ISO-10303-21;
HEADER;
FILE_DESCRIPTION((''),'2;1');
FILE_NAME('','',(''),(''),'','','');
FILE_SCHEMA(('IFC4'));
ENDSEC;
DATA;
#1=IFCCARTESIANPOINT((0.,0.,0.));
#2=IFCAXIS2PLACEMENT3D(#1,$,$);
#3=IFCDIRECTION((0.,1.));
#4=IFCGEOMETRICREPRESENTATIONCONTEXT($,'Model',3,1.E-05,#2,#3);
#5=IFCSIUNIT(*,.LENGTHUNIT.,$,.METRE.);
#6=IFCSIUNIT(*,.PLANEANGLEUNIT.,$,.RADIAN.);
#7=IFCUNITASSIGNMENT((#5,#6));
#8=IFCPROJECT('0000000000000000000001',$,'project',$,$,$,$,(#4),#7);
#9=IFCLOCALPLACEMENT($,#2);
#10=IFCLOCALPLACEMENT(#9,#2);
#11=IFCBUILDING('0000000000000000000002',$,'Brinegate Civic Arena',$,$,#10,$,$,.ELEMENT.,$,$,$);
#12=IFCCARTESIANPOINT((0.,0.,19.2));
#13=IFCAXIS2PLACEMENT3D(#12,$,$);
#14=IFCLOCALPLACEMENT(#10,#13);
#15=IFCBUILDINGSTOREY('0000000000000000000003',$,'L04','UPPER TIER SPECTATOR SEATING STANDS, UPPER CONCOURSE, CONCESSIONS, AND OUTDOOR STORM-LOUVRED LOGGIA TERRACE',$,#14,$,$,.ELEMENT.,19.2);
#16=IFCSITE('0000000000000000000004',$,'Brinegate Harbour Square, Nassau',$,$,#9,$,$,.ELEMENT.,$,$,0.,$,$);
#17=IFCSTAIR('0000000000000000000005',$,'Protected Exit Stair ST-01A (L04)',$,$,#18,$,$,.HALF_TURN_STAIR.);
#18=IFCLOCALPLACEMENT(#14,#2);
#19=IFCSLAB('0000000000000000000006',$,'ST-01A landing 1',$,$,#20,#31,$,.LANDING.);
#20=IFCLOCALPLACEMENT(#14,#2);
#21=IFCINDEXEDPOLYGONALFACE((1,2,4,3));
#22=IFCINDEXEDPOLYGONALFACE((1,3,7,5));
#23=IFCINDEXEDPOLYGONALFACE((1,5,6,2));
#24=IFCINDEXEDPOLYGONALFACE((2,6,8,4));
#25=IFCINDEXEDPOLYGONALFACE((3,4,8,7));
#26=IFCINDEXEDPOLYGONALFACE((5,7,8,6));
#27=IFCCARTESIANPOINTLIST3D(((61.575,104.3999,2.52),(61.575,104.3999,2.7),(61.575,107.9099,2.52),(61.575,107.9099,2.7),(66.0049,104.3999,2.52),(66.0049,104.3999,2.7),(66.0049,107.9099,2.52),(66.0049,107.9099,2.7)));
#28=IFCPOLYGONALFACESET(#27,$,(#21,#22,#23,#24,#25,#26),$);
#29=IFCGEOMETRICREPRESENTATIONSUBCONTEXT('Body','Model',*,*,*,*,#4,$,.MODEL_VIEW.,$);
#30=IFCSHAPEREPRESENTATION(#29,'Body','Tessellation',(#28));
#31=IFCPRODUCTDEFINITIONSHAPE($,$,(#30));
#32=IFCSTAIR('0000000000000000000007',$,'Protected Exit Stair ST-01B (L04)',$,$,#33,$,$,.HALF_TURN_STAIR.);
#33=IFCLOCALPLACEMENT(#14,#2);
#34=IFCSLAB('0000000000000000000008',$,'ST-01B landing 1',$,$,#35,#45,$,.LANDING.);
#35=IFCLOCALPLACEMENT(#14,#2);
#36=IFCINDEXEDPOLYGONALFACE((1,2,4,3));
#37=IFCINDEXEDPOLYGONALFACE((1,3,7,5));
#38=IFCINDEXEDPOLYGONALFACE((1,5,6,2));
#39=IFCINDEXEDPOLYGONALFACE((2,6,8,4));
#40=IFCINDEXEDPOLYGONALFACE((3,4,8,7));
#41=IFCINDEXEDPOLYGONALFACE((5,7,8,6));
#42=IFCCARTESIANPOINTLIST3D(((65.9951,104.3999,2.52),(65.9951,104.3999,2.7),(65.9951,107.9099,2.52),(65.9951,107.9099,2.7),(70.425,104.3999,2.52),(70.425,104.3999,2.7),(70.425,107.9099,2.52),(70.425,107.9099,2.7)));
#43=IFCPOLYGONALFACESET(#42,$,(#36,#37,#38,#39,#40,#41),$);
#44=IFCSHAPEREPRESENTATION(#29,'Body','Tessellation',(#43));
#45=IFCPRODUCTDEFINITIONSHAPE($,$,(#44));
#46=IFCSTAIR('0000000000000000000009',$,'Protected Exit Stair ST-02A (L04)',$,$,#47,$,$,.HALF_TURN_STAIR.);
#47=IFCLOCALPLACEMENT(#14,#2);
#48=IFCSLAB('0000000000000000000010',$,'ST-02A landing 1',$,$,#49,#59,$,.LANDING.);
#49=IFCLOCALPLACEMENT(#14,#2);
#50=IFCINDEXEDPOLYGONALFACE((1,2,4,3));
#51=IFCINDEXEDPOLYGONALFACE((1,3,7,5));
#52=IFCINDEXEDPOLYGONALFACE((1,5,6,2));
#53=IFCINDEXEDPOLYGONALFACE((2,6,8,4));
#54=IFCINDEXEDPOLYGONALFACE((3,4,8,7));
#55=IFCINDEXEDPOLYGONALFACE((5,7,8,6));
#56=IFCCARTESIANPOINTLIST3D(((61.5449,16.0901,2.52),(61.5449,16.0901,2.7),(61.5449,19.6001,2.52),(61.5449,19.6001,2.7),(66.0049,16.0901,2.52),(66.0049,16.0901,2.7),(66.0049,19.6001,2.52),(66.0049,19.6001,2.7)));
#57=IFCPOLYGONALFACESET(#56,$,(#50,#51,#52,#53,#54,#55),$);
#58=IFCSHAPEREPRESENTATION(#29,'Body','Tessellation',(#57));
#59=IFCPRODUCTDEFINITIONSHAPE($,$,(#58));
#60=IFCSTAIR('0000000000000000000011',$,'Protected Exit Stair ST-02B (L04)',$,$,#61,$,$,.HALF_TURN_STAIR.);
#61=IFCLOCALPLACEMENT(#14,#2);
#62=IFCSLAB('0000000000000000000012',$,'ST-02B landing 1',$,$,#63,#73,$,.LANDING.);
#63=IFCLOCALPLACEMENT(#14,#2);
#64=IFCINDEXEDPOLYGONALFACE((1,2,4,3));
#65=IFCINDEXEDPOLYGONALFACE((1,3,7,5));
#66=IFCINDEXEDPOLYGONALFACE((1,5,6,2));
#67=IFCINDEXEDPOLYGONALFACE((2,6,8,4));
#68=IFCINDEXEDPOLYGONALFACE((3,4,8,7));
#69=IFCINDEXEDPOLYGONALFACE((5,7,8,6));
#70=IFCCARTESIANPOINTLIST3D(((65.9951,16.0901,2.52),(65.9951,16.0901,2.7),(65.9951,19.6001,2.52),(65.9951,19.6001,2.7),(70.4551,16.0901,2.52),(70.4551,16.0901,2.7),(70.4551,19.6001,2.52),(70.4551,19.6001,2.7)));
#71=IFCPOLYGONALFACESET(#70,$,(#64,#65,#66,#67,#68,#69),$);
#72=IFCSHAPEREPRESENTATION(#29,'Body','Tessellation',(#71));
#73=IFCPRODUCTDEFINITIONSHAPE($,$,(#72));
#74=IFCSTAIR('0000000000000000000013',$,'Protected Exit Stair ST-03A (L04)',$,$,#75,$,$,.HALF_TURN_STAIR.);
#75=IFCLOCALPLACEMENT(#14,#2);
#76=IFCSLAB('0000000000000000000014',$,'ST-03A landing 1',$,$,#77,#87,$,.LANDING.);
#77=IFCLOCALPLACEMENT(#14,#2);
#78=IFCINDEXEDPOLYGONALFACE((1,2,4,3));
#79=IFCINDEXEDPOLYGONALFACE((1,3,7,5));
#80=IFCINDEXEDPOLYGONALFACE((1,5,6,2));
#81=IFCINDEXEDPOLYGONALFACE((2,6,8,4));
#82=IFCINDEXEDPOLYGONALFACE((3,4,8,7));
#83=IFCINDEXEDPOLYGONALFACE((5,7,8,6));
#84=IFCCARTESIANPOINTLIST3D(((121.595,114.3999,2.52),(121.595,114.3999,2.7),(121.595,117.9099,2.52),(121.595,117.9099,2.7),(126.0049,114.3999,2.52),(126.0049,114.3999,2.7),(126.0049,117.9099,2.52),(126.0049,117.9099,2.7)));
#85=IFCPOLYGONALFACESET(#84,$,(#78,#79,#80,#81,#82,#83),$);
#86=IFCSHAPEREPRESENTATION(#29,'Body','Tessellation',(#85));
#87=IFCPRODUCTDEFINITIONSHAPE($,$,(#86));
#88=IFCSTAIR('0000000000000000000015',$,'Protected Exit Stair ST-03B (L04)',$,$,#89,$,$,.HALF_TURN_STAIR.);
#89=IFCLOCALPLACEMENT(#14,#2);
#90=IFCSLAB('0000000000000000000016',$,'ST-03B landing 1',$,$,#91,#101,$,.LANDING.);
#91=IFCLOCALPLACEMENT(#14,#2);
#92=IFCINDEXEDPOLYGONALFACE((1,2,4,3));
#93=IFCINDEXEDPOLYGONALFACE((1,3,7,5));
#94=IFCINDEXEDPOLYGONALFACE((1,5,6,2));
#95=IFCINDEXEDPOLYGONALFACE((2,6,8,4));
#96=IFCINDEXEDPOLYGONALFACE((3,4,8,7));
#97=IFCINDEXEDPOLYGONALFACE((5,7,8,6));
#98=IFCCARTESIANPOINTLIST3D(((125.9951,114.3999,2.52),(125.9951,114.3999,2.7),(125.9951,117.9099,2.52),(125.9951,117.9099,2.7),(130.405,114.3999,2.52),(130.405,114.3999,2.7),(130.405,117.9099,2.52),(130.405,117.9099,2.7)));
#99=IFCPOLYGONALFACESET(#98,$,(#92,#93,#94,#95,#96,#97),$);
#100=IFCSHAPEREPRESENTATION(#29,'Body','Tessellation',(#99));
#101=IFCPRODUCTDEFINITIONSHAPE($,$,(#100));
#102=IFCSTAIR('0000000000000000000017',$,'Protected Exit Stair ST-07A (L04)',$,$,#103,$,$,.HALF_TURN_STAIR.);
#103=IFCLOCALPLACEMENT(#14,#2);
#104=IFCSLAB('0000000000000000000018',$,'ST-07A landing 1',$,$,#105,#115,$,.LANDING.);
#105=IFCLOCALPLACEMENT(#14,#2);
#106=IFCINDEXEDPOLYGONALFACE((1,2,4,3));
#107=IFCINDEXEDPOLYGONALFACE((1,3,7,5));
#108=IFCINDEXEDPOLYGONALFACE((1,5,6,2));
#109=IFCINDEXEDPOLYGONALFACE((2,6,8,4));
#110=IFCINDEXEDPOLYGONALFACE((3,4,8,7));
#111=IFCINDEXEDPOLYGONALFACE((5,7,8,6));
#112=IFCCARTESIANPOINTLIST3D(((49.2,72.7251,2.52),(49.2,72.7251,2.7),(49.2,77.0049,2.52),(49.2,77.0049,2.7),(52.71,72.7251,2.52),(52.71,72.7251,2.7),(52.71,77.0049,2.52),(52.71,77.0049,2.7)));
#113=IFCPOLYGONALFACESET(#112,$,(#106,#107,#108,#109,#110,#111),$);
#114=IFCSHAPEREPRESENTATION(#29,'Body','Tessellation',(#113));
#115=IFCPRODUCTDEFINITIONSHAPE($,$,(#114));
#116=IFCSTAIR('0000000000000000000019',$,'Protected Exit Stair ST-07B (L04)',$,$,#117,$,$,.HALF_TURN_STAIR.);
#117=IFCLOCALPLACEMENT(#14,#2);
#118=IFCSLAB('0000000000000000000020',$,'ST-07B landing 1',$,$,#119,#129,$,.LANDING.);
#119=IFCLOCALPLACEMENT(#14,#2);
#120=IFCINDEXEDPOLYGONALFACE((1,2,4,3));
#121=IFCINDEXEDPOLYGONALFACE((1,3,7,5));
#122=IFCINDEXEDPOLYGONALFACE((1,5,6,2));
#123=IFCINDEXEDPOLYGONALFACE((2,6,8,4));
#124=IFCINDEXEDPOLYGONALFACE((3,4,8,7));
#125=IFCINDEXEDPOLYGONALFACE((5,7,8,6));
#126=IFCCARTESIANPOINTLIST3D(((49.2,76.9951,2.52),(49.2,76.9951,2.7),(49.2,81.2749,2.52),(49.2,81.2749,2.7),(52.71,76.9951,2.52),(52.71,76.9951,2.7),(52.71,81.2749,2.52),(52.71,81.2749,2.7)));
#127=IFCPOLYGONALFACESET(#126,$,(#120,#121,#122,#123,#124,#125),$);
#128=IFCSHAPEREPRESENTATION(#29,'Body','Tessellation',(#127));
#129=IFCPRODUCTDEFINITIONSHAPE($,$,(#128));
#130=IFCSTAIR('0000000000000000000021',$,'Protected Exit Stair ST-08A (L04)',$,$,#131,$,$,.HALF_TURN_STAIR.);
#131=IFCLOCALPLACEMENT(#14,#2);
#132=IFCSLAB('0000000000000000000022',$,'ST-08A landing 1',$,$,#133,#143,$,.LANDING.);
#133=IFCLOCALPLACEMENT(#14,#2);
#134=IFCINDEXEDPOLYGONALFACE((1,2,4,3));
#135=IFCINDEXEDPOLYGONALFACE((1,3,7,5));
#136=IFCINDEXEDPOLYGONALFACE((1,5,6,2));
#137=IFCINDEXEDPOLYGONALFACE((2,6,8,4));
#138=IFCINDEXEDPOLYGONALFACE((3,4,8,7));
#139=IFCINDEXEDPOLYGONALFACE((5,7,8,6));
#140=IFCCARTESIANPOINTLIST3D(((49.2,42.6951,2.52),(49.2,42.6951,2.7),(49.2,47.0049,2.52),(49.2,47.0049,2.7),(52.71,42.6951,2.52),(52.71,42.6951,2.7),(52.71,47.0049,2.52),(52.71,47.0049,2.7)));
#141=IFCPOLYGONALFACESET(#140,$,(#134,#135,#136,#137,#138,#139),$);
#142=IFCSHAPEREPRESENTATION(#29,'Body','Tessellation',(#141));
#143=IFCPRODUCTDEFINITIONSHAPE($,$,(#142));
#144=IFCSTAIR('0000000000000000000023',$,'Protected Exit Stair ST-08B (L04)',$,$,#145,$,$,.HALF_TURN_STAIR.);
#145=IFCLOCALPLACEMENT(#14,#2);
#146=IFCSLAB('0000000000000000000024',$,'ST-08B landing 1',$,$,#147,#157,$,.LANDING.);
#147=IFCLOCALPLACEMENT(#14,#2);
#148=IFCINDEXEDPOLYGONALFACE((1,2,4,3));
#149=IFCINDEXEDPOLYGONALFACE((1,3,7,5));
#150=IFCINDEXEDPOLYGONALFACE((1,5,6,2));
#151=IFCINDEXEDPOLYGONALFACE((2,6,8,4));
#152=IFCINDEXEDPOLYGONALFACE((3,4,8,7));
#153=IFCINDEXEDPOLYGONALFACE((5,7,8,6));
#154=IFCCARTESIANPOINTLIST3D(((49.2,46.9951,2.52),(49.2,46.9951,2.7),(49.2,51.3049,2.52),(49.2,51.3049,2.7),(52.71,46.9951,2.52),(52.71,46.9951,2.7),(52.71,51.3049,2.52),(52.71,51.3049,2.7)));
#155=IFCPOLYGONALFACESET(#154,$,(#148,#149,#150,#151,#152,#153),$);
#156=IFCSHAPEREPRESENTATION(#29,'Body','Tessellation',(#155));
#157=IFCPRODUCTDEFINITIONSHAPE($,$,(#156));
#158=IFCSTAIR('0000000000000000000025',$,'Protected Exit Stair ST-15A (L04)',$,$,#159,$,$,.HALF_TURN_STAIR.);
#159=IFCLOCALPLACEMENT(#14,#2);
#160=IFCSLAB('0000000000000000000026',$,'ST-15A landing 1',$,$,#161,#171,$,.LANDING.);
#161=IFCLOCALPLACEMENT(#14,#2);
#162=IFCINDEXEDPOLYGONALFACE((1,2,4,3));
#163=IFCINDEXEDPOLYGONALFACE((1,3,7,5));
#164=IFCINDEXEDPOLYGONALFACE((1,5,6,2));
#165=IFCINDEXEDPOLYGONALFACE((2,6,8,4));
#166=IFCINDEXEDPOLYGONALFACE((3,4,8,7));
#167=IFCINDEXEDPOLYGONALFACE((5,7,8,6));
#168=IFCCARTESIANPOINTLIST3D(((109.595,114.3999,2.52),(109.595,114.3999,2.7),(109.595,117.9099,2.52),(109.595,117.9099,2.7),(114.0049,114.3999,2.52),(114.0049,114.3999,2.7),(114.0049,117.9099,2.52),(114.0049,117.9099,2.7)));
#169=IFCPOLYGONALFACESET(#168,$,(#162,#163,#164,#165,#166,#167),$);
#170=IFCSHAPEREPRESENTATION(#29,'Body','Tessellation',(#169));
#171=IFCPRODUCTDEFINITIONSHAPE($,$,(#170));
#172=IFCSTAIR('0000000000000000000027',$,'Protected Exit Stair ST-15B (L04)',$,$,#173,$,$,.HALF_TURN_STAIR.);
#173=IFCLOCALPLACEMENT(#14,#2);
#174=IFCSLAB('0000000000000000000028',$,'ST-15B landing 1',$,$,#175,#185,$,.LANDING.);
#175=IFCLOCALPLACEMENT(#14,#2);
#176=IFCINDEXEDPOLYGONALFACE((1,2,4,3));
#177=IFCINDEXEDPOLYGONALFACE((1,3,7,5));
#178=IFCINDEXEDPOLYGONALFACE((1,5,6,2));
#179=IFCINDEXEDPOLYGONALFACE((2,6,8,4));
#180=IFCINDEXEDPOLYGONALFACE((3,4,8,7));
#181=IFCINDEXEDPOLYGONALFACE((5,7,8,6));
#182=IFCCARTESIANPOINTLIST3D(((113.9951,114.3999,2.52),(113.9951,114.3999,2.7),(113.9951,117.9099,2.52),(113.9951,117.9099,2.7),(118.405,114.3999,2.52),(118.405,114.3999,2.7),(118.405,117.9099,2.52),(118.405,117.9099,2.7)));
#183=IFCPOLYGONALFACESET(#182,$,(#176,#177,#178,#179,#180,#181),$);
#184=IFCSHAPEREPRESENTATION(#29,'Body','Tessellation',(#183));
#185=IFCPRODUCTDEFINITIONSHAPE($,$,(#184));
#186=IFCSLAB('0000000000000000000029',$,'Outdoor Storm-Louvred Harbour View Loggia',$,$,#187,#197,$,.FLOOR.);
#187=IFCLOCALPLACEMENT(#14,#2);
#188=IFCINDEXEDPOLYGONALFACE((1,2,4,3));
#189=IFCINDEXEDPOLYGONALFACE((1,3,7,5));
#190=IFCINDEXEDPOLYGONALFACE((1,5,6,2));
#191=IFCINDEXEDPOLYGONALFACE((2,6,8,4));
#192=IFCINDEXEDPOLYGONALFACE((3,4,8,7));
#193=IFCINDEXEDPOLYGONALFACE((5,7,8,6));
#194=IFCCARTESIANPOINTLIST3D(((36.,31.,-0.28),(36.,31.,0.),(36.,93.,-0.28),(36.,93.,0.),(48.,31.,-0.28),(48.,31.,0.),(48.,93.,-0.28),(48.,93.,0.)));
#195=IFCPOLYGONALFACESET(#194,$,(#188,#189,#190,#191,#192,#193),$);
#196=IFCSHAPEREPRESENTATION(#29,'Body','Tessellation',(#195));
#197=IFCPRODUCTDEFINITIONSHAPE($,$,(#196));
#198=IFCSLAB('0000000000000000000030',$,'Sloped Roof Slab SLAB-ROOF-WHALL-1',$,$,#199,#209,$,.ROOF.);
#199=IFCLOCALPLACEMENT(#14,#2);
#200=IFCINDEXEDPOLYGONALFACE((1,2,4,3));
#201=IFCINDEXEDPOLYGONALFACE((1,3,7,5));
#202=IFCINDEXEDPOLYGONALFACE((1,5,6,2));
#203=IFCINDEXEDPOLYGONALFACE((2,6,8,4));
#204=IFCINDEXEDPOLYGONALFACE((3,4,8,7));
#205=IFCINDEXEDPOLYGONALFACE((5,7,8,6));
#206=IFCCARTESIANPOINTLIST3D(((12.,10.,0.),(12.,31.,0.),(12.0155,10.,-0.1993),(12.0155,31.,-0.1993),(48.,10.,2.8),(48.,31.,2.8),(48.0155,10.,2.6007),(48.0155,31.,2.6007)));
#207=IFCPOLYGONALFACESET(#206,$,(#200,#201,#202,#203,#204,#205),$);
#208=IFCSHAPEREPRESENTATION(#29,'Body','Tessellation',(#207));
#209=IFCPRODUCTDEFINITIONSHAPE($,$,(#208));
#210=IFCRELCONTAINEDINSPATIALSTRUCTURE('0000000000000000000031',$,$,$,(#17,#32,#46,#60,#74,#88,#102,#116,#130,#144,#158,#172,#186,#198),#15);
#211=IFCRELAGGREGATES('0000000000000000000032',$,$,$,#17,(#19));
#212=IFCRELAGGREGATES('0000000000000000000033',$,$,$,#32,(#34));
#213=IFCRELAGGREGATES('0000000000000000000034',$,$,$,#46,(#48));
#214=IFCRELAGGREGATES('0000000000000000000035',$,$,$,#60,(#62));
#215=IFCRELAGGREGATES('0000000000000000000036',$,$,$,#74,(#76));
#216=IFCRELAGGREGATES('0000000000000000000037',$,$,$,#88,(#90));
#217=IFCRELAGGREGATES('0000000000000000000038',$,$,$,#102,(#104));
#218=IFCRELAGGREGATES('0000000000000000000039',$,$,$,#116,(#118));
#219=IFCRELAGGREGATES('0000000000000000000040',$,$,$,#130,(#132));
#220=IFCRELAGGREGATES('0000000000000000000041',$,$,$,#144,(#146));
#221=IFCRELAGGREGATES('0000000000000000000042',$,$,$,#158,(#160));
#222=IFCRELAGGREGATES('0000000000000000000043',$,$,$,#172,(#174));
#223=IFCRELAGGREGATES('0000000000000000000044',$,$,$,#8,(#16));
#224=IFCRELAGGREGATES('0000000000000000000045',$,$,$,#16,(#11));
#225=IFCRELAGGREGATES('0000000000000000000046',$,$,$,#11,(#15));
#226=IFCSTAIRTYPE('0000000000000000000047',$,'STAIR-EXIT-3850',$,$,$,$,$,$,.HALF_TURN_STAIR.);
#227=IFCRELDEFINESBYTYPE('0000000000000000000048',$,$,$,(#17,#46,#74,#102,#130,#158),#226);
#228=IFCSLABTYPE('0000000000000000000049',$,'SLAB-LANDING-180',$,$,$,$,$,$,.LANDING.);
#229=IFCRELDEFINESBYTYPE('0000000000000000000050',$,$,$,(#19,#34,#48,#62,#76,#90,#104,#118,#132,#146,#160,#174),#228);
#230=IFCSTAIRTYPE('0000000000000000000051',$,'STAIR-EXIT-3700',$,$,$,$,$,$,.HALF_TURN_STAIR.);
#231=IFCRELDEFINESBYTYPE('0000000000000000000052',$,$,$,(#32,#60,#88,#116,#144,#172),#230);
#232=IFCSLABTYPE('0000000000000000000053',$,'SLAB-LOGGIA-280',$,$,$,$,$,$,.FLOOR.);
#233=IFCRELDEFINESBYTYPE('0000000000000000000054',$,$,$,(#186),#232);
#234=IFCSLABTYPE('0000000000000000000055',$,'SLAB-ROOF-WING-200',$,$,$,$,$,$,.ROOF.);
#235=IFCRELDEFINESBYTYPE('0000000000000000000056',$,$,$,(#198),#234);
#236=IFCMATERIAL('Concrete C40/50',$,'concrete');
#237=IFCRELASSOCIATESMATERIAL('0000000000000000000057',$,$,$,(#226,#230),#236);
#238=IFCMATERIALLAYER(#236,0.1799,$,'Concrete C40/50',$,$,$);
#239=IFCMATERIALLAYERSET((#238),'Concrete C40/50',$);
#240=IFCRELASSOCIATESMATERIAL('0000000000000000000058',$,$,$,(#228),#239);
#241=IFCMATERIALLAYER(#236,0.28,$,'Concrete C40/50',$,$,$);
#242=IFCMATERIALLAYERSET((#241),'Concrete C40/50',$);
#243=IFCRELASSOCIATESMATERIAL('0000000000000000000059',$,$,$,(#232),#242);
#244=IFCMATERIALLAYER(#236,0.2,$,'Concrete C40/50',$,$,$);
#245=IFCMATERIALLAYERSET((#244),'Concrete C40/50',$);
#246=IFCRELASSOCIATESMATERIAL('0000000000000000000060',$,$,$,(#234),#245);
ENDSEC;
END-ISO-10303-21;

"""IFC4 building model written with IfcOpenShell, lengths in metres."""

from ifc_helpers import new_model, si_unit, direction, frame, origin, place, context, subcontext, project, spatial, polyline, outline, extrude, material, layer, layer_set, type_object, element, aggregate, save


model = new_model("IFC4")

# Units and contexts
model_context = context("Model", 3, precision=1e-05, world=origin(), true_north=direction((0.0, 1.0)))
body_context = subcontext(model_context, "Body", "Model", "MODEL_VIEW")
ifc_project = project(units=[si_unit("LENGTHUNIT", "METRE"), si_unit("PLANEANGLEUNIT", "RADIAN")], contexts=[model_context])

# Site, building, storey
site_placement = place(None, origin())
site = spatial("IfcSite", under=ifc_project, at=site_placement, Name="Brinegate Harbour Square, Nassau", CompositionType="ELEMENT", RefElevation=0.0)
building_placement = place(site_placement, origin())
building = spatial("IfcBuilding", under=site, at=building_placement, Name="Brinegate Civic Arena", CompositionType="ELEMENT")
storey_placement = place(building_placement, frame((0.0, 0.0, 19.2)))
storey = spatial("IfcBuildingStorey", under=building, at=storey_placement, Name="L04", Description="UPPER TIER SPECTATOR SEATING STANDS, UPPER CONCOURSE, CONCESSIONS, AND OUTDOOR STORM-LOUVRED LOGGIA TERRACE", CompositionType="ELEMENT", Elevation=19.2)

# Shared definitions
ifc_material_1 = material(Name="Concrete C40/50", Category="concrete")

# Stairs, slabs
stair_type_1 = type_object("IfcStairType", Name="STAIR-EXIT-3850", PredefinedType="HALF_TURN_STAIR", material=ifc_material_1)
stair_1_placement = place(storey_placement, origin())
stair_1 = element("IfcStair", 1, at=stair_1_placement, inside=storey, type_object=stair_type_1, Name="Protected Exit Stair ST-01A (L04)", PredefinedType="HALF_TURN_STAIR")
ifc_layer_1 = layer(ifc_material_1, 0.1799, Name="Concrete C40/50")
ifc_layer_set_1 = layer_set([ifc_layer_1], Name="Concrete C40/50")
slab_type_1 = type_object("IfcSlabType", Name="SLAB-LANDING-180", PredefinedType="LANDING", material=ifc_layer_set_1)
slab_1_placement = place(storey_placement, frame((0.0, 0.0, 2.52)))
slab_1 = element("IfcSlab", 2, at=slab_1_placement, type_object=slab_type_1, Name="ST-01A landing 1", PredefinedType="LANDING", context=body_context, shape_type="SweptSolid", body=[
    extrude(outline(polyline([(61.575, 104.3999), (66.0049, 104.3999), (66.0049, 107.9099), (61.575, 107.9099), (61.575, 104.3999)])), origin(), (0.0, 0.0, 1.0), 0.1799),
])
aggregate(stair_1, [slab_1])
stair_type_2 = type_object("IfcStairType", Name="STAIR-EXIT-3700", PredefinedType="HALF_TURN_STAIR", material=ifc_material_1)
stair_2_placement = place(storey_placement, origin())
stair_2 = element("IfcStair", 3, at=stair_2_placement, inside=storey, type_object=stair_type_2, Name="Protected Exit Stair ST-01B (L04)", PredefinedType="HALF_TURN_STAIR")
slab_2_placement = place(storey_placement, frame((0.0, 0.0, 2.52)))
slab_2 = element("IfcSlab", 4, at=slab_2_placement, type_object=slab_type_1, Name="ST-01B landing 1", PredefinedType="LANDING", context=body_context, shape_type="SweptSolid", body=[
    extrude(outline(polyline([(65.9951, 104.3999), (70.425, 104.3999), (70.425, 107.9099), (65.9951, 107.9099), (65.9951, 104.3999)])), origin(), (0.0, 0.0, 1.0), 0.1799),
])
aggregate(stair_2, [slab_2])
stair_3_placement = place(storey_placement, origin())
stair_3 = element("IfcStair", 5, at=stair_3_placement, inside=storey, type_object=stair_type_1, Name="Protected Exit Stair ST-02A (L04)", PredefinedType="HALF_TURN_STAIR")
slab_3_placement = place(storey_placement, frame((0.0, 0.0, 2.52)))
slab_3 = element("IfcSlab", 6, at=slab_3_placement, type_object=slab_type_1, Name="ST-02A landing 1", PredefinedType="LANDING", context=body_context, shape_type="SweptSolid", body=[
    extrude(outline(polyline([(61.5449, 16.0901), (66.0049, 16.0901), (66.0049, 19.6001), (61.5449, 19.6001), (61.5449, 16.0901)])), origin(), (0.0, 0.0, 1.0), 0.1799),
])
aggregate(stair_3, [slab_3])
stair_4_placement = place(storey_placement, origin())
stair_4 = element("IfcStair", 7, at=stair_4_placement, inside=storey, type_object=stair_type_2, Name="Protected Exit Stair ST-02B (L04)", PredefinedType="HALF_TURN_STAIR")
slab_4_placement = place(storey_placement, frame((0.0, 0.0, 2.52)))
slab_4 = element("IfcSlab", 8, at=slab_4_placement, type_object=slab_type_1, Name="ST-02B landing 1", PredefinedType="LANDING", context=body_context, shape_type="SweptSolid", body=[
    extrude(outline(polyline([(65.9951, 16.0901), (70.4551, 16.0901), (70.4551, 19.6001), (65.9951, 19.6001), (65.9951, 16.0901)])), origin(), (0.0, 0.0, 1.0), 0.1799),
])
aggregate(stair_4, [slab_4])
stair_5_placement = place(storey_placement, origin())
stair_5 = element("IfcStair", 9, at=stair_5_placement, inside=storey, type_object=stair_type_1, Name="Protected Exit Stair ST-03A (L04)", PredefinedType="HALF_TURN_STAIR")
slab_5_placement = place(storey_placement, frame((0.0, 0.0, 2.52)))
slab_5 = element("IfcSlab", 10, at=slab_5_placement, type_object=slab_type_1, Name="ST-03A landing 1", PredefinedType="LANDING", context=body_context, shape_type="SweptSolid", body=[
    extrude(outline(polyline([(121.595, 114.3999), (126.0049, 114.3999), (126.0049, 117.9099), (121.595, 117.9099), (121.595, 114.3999)])), origin(), (0.0, 0.0, 1.0), 0.1799),
])
aggregate(stair_5, [slab_5])
stair_6_placement = place(storey_placement, origin())
stair_6 = element("IfcStair", 11, at=stair_6_placement, inside=storey, type_object=stair_type_2, Name="Protected Exit Stair ST-03B (L04)", PredefinedType="HALF_TURN_STAIR")
slab_6_placement = place(storey_placement, frame((0.0, 0.0, 2.52)))
slab_6 = element("IfcSlab", 12, at=slab_6_placement, type_object=slab_type_1, Name="ST-03B landing 1", PredefinedType="LANDING", context=body_context, shape_type="SweptSolid", body=[
    extrude(outline(polyline([(125.9951, 114.3999), (130.405, 114.3999), (130.405, 117.9099), (125.9951, 117.9099), (125.9951, 114.3999)])), origin(), (0.0, 0.0, 1.0), 0.1799),
])
aggregate(stair_6, [slab_6])
stair_7_placement = place(storey_placement, origin())
stair_7 = element("IfcStair", 13, at=stair_7_placement, inside=storey, type_object=stair_type_1, Name="Protected Exit Stair ST-07A (L04)", PredefinedType="HALF_TURN_STAIR")
slab_7_placement = place(storey_placement, frame((0.0, 0.0, 2.52)))
slab_7 = element("IfcSlab", 14, at=slab_7_placement, type_object=slab_type_1, Name="ST-07A landing 1", PredefinedType="LANDING", context=body_context, shape_type="SweptSolid", body=[
    extrude(outline(polyline([(49.2, 72.7251), (52.71, 72.7251), (52.71, 77.0049), (49.2, 77.0049), (49.2, 72.7251)])), origin(), (0.0, 0.0, 1.0), 0.1799),
])
aggregate(stair_7, [slab_7])
stair_8_placement = place(storey_placement, origin())
stair_8 = element("IfcStair", 15, at=stair_8_placement, inside=storey, type_object=stair_type_2, Name="Protected Exit Stair ST-07B (L04)", PredefinedType="HALF_TURN_STAIR")
slab_8_placement = place(storey_placement, frame((0.0, 0.0, 2.52)))
slab_8 = element("IfcSlab", 16, at=slab_8_placement, type_object=slab_type_1, Name="ST-07B landing 1", PredefinedType="LANDING", context=body_context, shape_type="SweptSolid", body=[
    extrude(outline(polyline([(49.2, 76.9951), (52.71, 76.9951), (52.71, 81.2749), (49.2, 81.2749), (49.2, 76.9951)])), origin(), (0.0, 0.0, 1.0), 0.1799),
])
aggregate(stair_8, [slab_8])
stair_9_placement = place(storey_placement, origin())
stair_9 = element("IfcStair", 17, at=stair_9_placement, inside=storey, type_object=stair_type_1, Name="Protected Exit Stair ST-08A (L04)", PredefinedType="HALF_TURN_STAIR")
slab_9_placement = place(storey_placement, frame((0.0, 0.0, 2.52)))
slab_9 = element("IfcSlab", 18, at=slab_9_placement, type_object=slab_type_1, Name="ST-08A landing 1", PredefinedType="LANDING", context=body_context, shape_type="SweptSolid", body=[
    extrude(outline(polyline([(49.2, 42.6951), (52.71, 42.6951), (52.71, 47.0049), (49.2, 47.0049), (49.2, 42.6951)])), origin(), (0.0, 0.0, 1.0), 0.1799),
])
aggregate(stair_9, [slab_9])
stair_10_placement = place(storey_placement, origin())
stair_10 = element("IfcStair", 19, at=stair_10_placement, inside=storey, type_object=stair_type_2, Name="Protected Exit Stair ST-08B (L04)", PredefinedType="HALF_TURN_STAIR")
slab_10_placement = place(storey_placement, frame((0.0, 0.0, 2.52)))
slab_10 = element("IfcSlab", 20, at=slab_10_placement, type_object=slab_type_1, Name="ST-08B landing 1", PredefinedType="LANDING", context=body_context, shape_type="SweptSolid", body=[
    extrude(outline(polyline([(49.2, 46.9951), (52.71, 46.9951), (52.71, 51.3049), (49.2, 51.3049), (49.2, 46.9951)])), origin(), (0.0, 0.0, 1.0), 0.1799),
])
aggregate(stair_10, [slab_10])
stair_11_placement = place(storey_placement, origin())
stair_11 = element("IfcStair", 21, at=stair_11_placement, inside=storey, type_object=stair_type_1, Name="Protected Exit Stair ST-15A (L04)", PredefinedType="HALF_TURN_STAIR")
slab_11_placement = place(storey_placement, frame((0.0, 0.0, 2.52)))
slab_11 = element("IfcSlab", 22, at=slab_11_placement, type_object=slab_type_1, Name="ST-15A landing 1", PredefinedType="LANDING", context=body_context, shape_type="SweptSolid", body=[
    extrude(outline(polyline([(109.595, 114.3999), (114.0049, 114.3999), (114.0049, 117.9099), (109.595, 117.9099), (109.595, 114.3999)])), origin(), (0.0, 0.0, 1.0), 0.1799),
])
aggregate(stair_11, [slab_11])
stair_12_placement = place(storey_placement, origin())
stair_12 = element("IfcStair", 23, at=stair_12_placement, inside=storey, type_object=stair_type_2, Name="Protected Exit Stair ST-15B (L04)", PredefinedType="HALF_TURN_STAIR")
slab_12_placement = place(storey_placement, frame((0.0, 0.0, 2.52)))
slab_12 = element("IfcSlab", 24, at=slab_12_placement, type_object=slab_type_1, Name="ST-15B landing 1", PredefinedType="LANDING", context=body_context, shape_type="SweptSolid", body=[
    extrude(outline(polyline([(113.9951, 114.3999), (118.405, 114.3999), (118.405, 117.9099), (113.9951, 117.9099), (113.9951, 114.3999)])), origin(), (0.0, 0.0, 1.0), 0.1799),
])
aggregate(stair_12, [slab_12])

# Slabs
ifc_layer_2 = layer(ifc_material_1, 0.28, Name="Concrete C40/50")
ifc_layer_set_2 = layer_set([ifc_layer_2], Name="Concrete C40/50")
slab_type_2 = type_object("IfcSlabType", Name="SLAB-LOGGIA-280", PredefinedType="FLOOR", material=ifc_layer_set_2)
slab_13_placement = place(storey_placement, frame((0.0, 0.0, -0.28)))
element("IfcSlab", 25, at=slab_13_placement, inside=storey, type_object=slab_type_2, Name="Outdoor Storm-Louvred Harbour View Loggia", PredefinedType="FLOOR", context=body_context, shape_type="SweptSolid", body=[
    extrude(outline(polyline([(36.0, 31.0), (48.0, 31.0), (48.0, 93.0), (36.0, 93.0), (36.0, 31.0)])), origin(), (0.0, 0.0, 1.0), 0.28),
])
ifc_layer_3 = layer(ifc_material_1, 0.2, Name="Concrete C40/50")
ifc_layer_set_3 = layer_set([ifc_layer_3], Name="Concrete C40/50")
slab_type_3 = type_object("IfcSlabType", Name="SLAB-ROOF-WING-200", PredefinedType="ROOF", material=ifc_layer_set_3)
slab_14_placement = place(storey_placement, frame((12.0, 10.0, 0.0), z_axis=(-0.077545, 0.0, 0.996989), x_axis=(0.996989, 0.0, 0.077545)))
element("IfcSlab", 26, at=slab_14_placement, inside=storey, type_object=slab_type_3, Name="Sloped Roof Slab SLAB-ROOF-WHALL-1", PredefinedType="ROOF", context=body_context, shape_type="SweptSolid", body=[
    extrude(outline(polyline([(0.0, 0.0), (36.1087, 0.0), (36.1087, 21.0), (0.0, 21.0), (0.0, 0.0)])), origin(), (0.0, 0.0, -1.0), 0.2),
])

save(model, "model.ifc")
